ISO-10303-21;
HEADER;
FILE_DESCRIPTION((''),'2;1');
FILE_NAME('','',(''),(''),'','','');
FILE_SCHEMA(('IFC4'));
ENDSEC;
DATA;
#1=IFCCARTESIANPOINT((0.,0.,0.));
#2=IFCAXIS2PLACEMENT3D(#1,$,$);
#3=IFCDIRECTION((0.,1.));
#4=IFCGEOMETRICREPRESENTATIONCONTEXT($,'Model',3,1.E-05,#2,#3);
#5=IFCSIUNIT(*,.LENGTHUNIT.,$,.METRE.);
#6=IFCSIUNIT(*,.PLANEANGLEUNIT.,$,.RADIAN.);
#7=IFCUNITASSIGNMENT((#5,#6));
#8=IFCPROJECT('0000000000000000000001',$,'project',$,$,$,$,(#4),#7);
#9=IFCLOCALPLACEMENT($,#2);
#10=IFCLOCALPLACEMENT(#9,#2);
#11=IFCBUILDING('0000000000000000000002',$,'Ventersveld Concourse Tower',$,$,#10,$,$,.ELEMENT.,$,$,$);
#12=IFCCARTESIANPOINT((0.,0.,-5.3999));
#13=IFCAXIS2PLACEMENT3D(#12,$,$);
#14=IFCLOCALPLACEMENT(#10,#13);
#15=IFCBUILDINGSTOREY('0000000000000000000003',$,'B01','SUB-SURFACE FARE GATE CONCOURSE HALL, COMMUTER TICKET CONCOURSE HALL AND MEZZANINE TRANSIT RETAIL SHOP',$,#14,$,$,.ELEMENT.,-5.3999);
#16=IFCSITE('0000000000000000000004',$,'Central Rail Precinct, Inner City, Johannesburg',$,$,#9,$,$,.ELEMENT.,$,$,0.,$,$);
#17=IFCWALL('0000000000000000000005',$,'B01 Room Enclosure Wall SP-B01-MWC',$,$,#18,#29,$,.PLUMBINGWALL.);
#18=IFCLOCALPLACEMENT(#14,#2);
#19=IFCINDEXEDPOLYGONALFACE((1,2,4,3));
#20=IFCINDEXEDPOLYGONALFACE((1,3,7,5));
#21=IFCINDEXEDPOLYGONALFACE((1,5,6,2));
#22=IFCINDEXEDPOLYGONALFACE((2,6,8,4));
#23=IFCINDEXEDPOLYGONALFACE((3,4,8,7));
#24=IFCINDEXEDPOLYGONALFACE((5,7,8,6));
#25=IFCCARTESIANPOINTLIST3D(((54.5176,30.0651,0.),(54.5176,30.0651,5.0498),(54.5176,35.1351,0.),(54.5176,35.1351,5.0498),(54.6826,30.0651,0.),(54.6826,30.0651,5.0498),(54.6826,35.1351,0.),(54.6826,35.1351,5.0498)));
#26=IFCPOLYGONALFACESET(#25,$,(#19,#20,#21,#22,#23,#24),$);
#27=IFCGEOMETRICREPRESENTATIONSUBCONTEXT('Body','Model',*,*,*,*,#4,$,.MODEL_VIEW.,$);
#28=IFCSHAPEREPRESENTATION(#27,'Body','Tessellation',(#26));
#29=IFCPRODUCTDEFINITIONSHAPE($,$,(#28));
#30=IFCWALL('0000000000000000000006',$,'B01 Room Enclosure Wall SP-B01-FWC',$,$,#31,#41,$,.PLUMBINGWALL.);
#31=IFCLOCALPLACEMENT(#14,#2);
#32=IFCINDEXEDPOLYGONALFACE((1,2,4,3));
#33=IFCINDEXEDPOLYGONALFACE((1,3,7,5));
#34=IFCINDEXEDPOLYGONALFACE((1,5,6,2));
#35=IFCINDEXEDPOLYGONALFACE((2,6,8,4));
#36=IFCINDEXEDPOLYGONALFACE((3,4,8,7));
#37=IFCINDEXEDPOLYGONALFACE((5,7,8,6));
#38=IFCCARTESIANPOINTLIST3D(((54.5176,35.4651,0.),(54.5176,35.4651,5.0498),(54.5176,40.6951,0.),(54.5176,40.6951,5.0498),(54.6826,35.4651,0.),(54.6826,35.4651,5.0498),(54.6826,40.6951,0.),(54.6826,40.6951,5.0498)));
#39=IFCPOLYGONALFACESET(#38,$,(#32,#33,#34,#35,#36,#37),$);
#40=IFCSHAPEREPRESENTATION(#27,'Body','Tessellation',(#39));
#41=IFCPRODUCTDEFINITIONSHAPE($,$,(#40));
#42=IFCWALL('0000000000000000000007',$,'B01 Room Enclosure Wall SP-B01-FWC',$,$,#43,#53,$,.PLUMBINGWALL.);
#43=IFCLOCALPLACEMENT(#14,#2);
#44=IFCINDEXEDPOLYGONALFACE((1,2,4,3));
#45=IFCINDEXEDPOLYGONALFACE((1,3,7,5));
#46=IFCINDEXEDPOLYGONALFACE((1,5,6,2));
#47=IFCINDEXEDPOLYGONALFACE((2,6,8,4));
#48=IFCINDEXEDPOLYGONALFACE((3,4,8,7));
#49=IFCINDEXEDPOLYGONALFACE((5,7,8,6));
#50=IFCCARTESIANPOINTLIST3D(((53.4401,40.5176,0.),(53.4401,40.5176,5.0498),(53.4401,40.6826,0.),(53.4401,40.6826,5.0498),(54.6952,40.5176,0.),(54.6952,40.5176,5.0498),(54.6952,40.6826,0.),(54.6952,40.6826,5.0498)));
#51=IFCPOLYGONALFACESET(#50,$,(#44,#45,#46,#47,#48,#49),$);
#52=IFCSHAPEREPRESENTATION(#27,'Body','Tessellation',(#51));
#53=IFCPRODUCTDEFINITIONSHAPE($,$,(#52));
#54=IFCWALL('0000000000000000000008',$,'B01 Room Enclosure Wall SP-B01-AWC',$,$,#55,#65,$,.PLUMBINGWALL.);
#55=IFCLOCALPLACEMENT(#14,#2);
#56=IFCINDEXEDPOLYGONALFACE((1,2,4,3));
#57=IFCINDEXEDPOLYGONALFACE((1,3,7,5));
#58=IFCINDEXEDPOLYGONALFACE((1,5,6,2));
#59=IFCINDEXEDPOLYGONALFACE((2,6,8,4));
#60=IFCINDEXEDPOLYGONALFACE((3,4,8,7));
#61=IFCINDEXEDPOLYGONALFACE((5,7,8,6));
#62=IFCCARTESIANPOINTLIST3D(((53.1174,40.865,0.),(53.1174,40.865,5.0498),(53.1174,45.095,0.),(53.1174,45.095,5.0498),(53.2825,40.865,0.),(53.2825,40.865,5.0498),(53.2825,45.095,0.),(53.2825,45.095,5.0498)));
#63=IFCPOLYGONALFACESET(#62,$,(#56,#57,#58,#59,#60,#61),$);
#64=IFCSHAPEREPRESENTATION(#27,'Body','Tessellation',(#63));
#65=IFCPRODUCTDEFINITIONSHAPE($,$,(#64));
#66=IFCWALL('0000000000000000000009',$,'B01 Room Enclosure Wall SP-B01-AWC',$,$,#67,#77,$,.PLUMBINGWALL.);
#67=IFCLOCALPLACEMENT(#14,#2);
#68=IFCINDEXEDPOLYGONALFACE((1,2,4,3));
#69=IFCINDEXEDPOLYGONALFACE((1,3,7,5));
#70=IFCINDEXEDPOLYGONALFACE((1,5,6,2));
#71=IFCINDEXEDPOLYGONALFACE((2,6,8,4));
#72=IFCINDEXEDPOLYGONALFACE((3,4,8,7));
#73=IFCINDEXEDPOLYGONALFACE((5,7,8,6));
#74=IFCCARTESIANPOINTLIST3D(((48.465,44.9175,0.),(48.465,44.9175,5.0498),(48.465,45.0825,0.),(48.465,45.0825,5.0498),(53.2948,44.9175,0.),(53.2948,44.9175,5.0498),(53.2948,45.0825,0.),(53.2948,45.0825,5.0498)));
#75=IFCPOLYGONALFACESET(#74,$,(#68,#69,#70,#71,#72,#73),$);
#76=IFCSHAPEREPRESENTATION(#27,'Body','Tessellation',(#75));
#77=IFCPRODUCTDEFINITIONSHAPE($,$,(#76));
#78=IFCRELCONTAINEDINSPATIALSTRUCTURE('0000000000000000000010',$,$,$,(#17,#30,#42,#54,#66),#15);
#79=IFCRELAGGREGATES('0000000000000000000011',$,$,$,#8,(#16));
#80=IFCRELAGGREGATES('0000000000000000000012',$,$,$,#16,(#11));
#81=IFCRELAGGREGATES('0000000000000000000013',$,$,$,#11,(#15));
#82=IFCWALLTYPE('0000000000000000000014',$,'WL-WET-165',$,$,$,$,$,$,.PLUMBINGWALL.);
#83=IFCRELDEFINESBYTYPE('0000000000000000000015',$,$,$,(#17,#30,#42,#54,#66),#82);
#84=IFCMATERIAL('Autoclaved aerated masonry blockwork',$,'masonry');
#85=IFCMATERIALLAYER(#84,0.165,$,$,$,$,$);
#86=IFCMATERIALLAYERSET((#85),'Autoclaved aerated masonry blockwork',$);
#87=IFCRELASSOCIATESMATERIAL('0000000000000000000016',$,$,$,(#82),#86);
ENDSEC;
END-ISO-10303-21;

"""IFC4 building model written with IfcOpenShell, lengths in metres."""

from ifc_helpers import new_model, si_unit, direction, frame, frame_2d, origin, place, context, subcontext, project, spatial, rectangle, extrude, material, layer, layer_set, type_object, element, save


model = new_model("IFC4")

# Units and contexts
model_context = context("Model", 3, precision=1e-05, world=origin(), true_north=direction((0.0, 1.0)))
body_context = subcontext(model_context, "Body", "Model", "MODEL_VIEW")
ifc_project = project(units=[si_unit("LENGTHUNIT", "METRE"), si_unit("PLANEANGLEUNIT", "RADIAN")], contexts=[model_context])

# Site, building, storey
site_placement = place(None, origin())
site = spatial("IfcSite", under=ifc_project, at=site_placement, Name="Central Rail Precinct, Inner City, Johannesburg", CompositionType="ELEMENT", RefElevation=0.0)
building_placement = place(site_placement, origin())
building = spatial("IfcBuilding", under=site, at=building_placement, Name="Ventersveld Concourse Tower", CompositionType="ELEMENT")
storey_placement = place(building_placement, frame((0.0, 0.0, -5.3999)))
storey = spatial("IfcBuildingStorey", under=building, at=storey_placement, Name="B01", Description="SUB-SURFACE FARE GATE CONCOURSE HALL, COMMUTER TICKET CONCOURSE HALL AND MEZZANINE TRANSIT RETAIL SHOP", CompositionType="ELEMENT", Elevation=-5.3999)

# Walls
ifc_material_1 = material(Name="Autoclaved aerated masonry blockwork", Category="masonry")
ifc_layer_1 = layer(ifc_material_1, 0.165)
ifc_layer_set_1 = layer_set([ifc_layer_1], Name="Autoclaved aerated masonry blockwork")
wall_type_1 = type_object("IfcWallType", Name="WL-WET-165", PredefinedType="PLUMBINGWALL", material=ifc_layer_set_1)
wall_1_placement = place(storey_placement, frame((54.6001, 30.0649, 0.0), z_axis=(0.0, 0.0, 1.0), x_axis=(0.0, 1.0, 0.0)))
element("IfcWall", 1, at=wall_1_placement, inside=storey, type_object=wall_type_1, Name="B01 Room Enclosure Wall SP-B01-MWC", PredefinedType="PLUMBINGWALL", context=body_context, shape_type="SweptSolid", body=[
    extrude(rectangle(XDim=5.0701, YDim=0.165, at=frame_2d((2.5352, 0.0))), origin(), (0.0, 0.0, 1.0), 5.0498),
])
wall_2_placement = place(storey_placement, frame((54.6001, 35.4651, 0.0), z_axis=(0.0, 0.0, 1.0), x_axis=(0.0, 1.0, 0.0)))
element("IfcWall", 2, at=wall_2_placement, inside=storey, type_object=wall_type_1, Name="B01 Room Enclosure Wall SP-B01-FWC", PredefinedType="PLUMBINGWALL", context=body_context, shape_type="SweptSolid", body=[
    extrude(rectangle(XDim=5.23, YDim=0.165, at=frame_2d((2.615, 0.0))), origin(), (0.0, 0.0, 1.0), 5.0498),
])
wall_3_placement = place(storey_placement, frame((54.6951, 40.6001, 0.0), z_axis=(0.0, 0.0, 1.0), x_axis=(-1.0, 0.0, 0.0)))
element("IfcWall", 3, at=wall_3_placement, inside=storey, type_object=wall_type_1, Name="B01 Room Enclosure Wall SP-B01-FWC", PredefinedType="PLUMBINGWALL", context=body_context, shape_type="SweptSolid", body=[
    extrude(rectangle(XDim=1.2551, YDim=0.165, at=frame_2d((0.6274, 0.0))), origin(), (0.0, 0.0, 1.0), 5.0498),
])
wall_4_placement = place(storey_placement, frame((53.2, 40.865, 0.0), z_axis=(0.0, 0.0, 1.0), x_axis=(0.0, 1.0, 0.0)))
element("IfcWall", 4, at=wall_4_placement, inside=storey, type_object=wall_type_1, Name="B01 Room Enclosure Wall SP-B01-AWC", PredefinedType="PLUMBINGWALL", context=body_context, shape_type="SweptSolid", body=[
    extrude(rectangle(XDim=4.23, YDim=0.165, at=frame_2d((2.115, 0.0))), origin(), (0.0, 0.0, 1.0), 5.0498),
])
wall_5_placement = place(storey_placement, frame((53.2949, 45.0, 0.0), z_axis=(0.0, 0.0, 1.0), x_axis=(-1.0, 0.0, 0.0)))
element("IfcWall", 5, at=wall_5_placement, inside=storey, type_object=wall_type_1, Name="B01 Room Enclosure Wall SP-B01-AWC", PredefinedType="PLUMBINGWALL", context=body_context, shape_type="SweptSolid", body=[
    extrude(rectangle(XDim=4.8298, YDim=0.165, at=frame_2d((2.415, 0.0))), origin(), (0.0, 0.0, 1.0), 5.0498),
])

save(model, "model.ifc")
